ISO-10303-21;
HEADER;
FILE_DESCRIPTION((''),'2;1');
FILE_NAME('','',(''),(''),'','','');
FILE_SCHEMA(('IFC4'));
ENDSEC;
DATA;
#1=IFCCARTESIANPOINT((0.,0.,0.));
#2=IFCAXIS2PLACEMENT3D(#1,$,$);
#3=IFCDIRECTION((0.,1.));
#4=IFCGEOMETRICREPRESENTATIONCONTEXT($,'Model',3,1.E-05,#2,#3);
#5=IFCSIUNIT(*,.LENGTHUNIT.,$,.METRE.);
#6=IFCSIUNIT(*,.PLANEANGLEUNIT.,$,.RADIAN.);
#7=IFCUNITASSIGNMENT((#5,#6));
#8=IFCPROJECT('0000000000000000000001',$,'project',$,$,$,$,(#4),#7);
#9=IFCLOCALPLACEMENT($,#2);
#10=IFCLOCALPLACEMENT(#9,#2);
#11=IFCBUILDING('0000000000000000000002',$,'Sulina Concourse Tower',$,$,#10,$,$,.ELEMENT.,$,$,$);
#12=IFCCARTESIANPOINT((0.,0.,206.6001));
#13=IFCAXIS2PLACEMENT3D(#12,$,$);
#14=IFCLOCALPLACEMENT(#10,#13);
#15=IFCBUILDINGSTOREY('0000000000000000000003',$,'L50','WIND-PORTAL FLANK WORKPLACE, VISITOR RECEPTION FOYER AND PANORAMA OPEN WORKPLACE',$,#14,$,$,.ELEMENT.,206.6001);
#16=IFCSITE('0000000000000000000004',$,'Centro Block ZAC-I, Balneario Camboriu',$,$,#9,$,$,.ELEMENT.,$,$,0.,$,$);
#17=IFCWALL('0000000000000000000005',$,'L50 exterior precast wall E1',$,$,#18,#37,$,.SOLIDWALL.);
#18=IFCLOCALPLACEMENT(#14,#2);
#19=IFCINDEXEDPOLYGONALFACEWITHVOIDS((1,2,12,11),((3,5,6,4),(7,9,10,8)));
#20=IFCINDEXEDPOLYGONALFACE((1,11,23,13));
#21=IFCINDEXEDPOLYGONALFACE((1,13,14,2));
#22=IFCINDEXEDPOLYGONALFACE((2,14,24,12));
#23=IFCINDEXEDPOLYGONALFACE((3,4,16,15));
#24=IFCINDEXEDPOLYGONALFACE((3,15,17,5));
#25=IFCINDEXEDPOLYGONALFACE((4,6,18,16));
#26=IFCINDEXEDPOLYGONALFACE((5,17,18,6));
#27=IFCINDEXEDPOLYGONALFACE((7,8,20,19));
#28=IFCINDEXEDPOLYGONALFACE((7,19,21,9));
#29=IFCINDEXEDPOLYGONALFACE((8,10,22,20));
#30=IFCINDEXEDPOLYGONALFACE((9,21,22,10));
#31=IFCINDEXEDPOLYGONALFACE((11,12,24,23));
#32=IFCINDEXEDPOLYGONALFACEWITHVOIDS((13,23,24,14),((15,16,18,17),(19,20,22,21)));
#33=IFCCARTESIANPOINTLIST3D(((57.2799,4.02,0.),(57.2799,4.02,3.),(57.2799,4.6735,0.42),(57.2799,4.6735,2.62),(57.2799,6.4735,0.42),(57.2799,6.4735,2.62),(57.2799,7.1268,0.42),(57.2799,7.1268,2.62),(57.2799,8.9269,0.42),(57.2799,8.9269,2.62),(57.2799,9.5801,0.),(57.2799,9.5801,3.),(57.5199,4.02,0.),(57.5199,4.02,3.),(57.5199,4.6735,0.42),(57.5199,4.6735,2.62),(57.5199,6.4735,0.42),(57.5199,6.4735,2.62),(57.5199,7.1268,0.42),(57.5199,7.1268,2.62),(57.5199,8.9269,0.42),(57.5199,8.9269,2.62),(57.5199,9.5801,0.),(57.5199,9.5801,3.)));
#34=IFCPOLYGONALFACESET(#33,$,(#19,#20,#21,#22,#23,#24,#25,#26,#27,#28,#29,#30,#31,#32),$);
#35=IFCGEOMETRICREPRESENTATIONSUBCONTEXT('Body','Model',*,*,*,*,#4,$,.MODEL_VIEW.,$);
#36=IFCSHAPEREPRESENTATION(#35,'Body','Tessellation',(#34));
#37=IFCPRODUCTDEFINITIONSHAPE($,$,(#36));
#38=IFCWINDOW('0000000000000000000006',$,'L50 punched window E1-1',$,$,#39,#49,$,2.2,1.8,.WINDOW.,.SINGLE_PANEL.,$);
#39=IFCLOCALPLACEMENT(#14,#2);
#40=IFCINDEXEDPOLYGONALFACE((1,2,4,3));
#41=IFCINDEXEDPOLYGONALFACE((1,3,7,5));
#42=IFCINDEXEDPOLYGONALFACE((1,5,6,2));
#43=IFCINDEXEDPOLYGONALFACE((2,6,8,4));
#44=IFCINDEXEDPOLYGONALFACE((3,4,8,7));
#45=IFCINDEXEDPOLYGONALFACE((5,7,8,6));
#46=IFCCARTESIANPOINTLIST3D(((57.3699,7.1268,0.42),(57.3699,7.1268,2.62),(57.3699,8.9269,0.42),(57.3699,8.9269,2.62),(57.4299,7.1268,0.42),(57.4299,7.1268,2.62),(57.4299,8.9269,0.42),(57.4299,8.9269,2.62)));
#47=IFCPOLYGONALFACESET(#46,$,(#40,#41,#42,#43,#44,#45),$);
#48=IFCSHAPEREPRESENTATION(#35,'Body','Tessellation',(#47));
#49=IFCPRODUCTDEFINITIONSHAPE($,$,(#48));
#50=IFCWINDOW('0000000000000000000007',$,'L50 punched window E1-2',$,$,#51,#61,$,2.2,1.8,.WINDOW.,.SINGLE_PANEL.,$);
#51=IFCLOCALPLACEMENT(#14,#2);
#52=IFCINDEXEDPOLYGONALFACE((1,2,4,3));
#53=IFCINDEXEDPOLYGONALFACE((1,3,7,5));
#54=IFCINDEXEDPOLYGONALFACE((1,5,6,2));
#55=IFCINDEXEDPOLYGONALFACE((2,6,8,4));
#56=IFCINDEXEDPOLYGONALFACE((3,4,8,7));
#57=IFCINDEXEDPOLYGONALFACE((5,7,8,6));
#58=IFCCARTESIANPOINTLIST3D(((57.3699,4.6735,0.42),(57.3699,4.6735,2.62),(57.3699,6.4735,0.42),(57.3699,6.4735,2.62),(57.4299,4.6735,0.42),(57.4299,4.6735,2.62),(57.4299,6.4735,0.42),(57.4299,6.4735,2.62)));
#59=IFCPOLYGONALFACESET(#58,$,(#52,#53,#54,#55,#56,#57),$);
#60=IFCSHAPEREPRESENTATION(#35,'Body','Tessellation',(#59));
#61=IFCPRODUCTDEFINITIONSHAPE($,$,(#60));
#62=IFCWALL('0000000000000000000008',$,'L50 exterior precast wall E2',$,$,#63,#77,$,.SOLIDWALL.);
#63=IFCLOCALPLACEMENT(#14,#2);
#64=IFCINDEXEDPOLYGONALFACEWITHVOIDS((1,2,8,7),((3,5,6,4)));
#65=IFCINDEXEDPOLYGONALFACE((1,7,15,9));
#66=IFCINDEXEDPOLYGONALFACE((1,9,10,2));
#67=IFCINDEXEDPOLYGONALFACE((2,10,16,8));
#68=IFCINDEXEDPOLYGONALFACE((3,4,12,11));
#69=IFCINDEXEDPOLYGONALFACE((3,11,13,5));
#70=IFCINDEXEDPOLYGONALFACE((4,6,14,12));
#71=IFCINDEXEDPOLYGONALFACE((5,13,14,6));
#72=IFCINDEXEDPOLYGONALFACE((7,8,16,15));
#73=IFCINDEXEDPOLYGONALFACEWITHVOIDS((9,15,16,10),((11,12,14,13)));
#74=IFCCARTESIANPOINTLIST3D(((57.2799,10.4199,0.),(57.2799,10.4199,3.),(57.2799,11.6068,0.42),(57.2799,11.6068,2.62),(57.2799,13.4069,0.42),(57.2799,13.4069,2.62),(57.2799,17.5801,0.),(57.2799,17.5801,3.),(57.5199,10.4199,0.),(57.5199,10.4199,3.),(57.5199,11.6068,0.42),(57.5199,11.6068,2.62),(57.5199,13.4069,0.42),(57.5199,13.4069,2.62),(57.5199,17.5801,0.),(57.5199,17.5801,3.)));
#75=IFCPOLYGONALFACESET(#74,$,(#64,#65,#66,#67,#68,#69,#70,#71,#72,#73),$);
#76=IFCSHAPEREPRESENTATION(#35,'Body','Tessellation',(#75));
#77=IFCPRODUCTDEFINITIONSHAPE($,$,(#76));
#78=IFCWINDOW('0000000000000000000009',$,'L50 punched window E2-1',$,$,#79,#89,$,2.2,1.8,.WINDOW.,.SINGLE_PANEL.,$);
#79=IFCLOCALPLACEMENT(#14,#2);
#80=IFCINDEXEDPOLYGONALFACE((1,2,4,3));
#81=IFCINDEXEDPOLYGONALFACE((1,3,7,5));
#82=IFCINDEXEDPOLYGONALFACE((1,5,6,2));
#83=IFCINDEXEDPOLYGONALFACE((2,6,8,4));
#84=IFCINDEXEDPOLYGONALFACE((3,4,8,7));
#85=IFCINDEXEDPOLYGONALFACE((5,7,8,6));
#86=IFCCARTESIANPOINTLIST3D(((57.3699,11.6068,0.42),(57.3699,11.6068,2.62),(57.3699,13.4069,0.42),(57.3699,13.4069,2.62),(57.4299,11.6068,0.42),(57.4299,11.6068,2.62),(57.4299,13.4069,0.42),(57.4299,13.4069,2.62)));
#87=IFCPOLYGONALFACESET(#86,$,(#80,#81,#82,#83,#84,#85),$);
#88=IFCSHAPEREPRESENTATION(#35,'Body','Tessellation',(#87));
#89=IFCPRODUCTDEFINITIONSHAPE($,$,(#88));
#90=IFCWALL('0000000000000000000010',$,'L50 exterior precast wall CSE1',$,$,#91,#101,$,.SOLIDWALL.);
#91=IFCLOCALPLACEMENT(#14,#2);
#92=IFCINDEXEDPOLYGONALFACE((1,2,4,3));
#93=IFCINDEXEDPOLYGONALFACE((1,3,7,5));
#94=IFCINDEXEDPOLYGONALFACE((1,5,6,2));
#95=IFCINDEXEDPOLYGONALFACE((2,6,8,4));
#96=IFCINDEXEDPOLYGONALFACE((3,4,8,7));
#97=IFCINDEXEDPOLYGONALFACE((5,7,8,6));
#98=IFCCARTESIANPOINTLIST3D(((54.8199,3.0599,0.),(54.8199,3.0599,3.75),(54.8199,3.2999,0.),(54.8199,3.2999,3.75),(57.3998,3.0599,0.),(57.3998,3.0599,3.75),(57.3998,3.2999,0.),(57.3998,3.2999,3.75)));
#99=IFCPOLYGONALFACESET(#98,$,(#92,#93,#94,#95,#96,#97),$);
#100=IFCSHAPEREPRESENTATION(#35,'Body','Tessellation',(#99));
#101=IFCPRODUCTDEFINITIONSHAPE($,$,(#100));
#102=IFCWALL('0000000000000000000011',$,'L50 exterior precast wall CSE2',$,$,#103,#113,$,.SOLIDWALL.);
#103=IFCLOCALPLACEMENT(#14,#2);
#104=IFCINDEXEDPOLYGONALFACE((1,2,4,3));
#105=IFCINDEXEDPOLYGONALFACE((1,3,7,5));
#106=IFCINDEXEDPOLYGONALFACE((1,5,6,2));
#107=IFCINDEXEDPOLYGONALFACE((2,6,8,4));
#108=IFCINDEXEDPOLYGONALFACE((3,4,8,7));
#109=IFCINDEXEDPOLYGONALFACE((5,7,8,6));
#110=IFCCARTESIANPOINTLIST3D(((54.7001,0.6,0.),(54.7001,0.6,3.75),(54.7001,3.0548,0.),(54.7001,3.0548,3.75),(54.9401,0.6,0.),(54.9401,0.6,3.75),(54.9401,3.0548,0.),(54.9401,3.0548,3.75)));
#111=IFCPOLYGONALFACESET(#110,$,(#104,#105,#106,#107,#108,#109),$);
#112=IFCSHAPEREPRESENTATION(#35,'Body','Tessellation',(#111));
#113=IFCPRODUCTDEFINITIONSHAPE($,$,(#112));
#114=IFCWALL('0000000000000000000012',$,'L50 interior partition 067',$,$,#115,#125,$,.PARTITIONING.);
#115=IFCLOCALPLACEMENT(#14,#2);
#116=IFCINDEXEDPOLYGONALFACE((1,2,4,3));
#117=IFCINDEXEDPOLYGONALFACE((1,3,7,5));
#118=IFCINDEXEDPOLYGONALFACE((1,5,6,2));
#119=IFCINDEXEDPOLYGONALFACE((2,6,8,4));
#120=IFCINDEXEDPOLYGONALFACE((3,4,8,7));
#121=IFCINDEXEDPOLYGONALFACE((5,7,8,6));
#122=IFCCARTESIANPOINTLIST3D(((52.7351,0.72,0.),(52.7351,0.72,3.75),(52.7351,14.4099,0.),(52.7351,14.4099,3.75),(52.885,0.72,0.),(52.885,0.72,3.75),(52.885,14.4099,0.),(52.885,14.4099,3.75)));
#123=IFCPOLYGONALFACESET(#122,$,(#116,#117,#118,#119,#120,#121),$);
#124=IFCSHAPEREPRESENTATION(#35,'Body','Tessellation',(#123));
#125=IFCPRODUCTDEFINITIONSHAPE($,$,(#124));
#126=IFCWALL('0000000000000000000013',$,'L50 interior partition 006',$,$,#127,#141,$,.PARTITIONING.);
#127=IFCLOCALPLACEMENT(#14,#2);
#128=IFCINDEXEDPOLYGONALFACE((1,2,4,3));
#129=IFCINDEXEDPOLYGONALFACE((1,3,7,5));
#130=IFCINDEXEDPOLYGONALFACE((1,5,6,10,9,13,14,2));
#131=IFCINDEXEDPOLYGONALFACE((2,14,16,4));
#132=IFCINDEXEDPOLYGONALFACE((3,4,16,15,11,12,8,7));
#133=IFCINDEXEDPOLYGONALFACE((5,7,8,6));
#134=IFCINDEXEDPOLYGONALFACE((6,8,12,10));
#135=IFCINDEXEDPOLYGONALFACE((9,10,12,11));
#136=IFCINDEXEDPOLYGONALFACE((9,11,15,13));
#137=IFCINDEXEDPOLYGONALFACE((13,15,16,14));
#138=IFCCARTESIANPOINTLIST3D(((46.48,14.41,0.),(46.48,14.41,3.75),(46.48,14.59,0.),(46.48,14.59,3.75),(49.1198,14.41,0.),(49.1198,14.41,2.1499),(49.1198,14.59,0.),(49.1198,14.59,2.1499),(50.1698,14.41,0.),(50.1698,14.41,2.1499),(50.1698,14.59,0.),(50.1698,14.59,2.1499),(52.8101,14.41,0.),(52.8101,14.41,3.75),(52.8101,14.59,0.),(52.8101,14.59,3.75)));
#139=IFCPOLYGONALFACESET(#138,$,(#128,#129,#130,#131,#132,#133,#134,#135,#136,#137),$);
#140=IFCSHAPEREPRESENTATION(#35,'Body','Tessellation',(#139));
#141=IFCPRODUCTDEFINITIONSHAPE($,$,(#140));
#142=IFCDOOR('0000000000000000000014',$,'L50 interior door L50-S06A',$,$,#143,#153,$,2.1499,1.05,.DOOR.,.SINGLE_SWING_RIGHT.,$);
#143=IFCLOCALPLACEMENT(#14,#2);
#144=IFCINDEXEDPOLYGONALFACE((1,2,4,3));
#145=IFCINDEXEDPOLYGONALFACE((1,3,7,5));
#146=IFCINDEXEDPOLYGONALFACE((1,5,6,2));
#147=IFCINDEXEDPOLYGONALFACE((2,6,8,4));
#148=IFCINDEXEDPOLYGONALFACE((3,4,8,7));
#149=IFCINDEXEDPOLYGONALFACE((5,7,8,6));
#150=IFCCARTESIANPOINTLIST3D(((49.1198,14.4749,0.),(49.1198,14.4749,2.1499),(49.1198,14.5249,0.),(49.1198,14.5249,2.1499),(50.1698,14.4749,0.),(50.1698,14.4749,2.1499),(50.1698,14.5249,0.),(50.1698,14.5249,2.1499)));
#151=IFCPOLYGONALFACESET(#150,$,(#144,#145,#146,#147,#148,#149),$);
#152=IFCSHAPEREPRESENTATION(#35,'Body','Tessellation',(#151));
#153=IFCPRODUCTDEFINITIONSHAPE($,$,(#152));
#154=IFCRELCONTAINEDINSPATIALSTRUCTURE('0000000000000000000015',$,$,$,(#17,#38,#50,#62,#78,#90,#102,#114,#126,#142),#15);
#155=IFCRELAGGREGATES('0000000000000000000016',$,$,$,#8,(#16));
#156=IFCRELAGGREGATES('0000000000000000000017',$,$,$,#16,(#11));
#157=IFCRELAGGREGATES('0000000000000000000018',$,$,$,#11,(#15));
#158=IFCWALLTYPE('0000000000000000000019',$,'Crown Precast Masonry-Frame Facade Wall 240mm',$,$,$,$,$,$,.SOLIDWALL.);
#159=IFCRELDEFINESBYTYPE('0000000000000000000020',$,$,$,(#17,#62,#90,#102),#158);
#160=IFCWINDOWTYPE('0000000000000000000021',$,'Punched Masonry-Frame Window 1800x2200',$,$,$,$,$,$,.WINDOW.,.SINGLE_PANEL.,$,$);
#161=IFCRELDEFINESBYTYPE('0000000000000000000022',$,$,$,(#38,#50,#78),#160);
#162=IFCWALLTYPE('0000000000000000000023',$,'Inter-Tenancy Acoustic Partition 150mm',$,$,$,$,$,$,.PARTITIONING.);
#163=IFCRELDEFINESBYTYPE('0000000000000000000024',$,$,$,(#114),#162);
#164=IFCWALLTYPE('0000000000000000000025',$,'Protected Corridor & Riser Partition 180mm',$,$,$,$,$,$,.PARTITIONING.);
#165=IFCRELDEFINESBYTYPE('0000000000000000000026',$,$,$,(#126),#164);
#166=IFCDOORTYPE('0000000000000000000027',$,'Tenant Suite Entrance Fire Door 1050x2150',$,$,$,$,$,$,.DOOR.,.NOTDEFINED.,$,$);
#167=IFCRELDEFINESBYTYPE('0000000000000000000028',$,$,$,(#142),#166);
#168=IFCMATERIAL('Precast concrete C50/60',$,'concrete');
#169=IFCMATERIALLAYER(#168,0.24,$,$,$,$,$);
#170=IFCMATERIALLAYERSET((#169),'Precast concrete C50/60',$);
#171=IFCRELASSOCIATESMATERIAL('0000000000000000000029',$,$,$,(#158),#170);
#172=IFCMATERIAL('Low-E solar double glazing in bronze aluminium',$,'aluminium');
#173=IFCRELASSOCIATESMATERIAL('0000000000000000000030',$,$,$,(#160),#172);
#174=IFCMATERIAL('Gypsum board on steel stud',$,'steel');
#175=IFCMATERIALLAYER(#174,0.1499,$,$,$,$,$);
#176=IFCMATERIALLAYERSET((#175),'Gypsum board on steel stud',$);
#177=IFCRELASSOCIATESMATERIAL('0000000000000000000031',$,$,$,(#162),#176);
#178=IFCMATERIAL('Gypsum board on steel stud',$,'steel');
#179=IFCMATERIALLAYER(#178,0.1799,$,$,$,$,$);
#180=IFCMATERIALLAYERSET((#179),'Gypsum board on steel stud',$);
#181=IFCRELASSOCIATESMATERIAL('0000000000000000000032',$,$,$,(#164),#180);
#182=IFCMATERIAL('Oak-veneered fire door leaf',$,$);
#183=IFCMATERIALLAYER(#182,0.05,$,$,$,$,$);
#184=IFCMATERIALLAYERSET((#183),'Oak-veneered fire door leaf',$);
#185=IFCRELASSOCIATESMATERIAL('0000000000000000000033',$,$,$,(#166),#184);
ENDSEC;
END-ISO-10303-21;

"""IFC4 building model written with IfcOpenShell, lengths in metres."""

from ifc_helpers import new_model, si_unit, direction, frame, frame_2d, origin, place, context, subcontext, project, spatial, rectangle, extrude, material, layer, layer_set, type_object, element, fill, save


model = new_model("IFC4")

# Units and contexts
model_context = context("Model", 3, precision=1e-05, world=origin(), true_north=direction((0.0, 1.0)))
body_context = subcontext(model_context, "Body", "Model", "MODEL_VIEW")
ifc_project = project(units=[si_unit("LENGTHUNIT", "METRE"), si_unit("PLANEANGLEUNIT", "RADIAN")], contexts=[model_context])

# Site, building, storey
site_placement = place(None, origin())
site = spatial("IfcSite", under=ifc_project, at=site_placement, Name="Centro Block ZAC-I, Balneario Camboriu", CompositionType="ELEMENT", RefElevation=0.0)
building_placement = place(site_placement, origin())
building = spatial("IfcBuilding", under=site, at=building_placement, Name="Sulina Concourse Tower", CompositionType="ELEMENT")
storey_placement = place(building_placement, frame((0.0, 0.0, 206.6001)))
storey = spatial("IfcBuildingStorey", under=building, at=storey_placement, Name="L50", Description="WIND-PORTAL FLANK WORKPLACE, VISITOR RECEPTION FOYER AND PANORAMA OPEN WORKPLACE", CompositionType="ELEMENT", Elevation=206.6001)

# Shared definitions
ifc_material_1 = material(Name="Precast concrete C50/60", Category="concrete")
ifc_layer_1 = layer(ifc_material_1, 0.24)
ifc_layer_set_1 = layer_set([ifc_layer_1], Name="Precast concrete C50/60")
wall_type_1 = type_object("IfcWallType", Name="Crown Precast Masonry-Frame Facade Wall 240mm", PredefinedType="SOLIDWALL", material=ifc_layer_set_1)

# Wall, openings, windows
wall_1_placement = place(storey_placement, frame((57.3999, 9.5801, 0.0), z_axis=(0.0, 0.0, 1.0), x_axis=(0.0, -1.0, 0.0)))
wall_1 = element("IfcWall", 1, at=wall_1_placement, inside=storey, type_object=wall_type_1, Name="L50 exterior precast wall E1", PredefinedType="SOLIDWALL", context=body_context, shape_type="SweptSolid", body=[
    extrude(rectangle(XDim=5.5601, YDim=0.24, at=frame_2d((2.78, 0.0))), origin(), (0.0, 0.0, 1.0), 3.0),
])
opening_1_placement = place(wall_1_placement, frame((0.6533, 0.0, 0.4199)))
opening_1 = element("IfcOpeningElement", 2, at=opening_1_placement, cuts=wall_1, PredefinedType="OPENING", context=body_context, shape_type="SweptSolid", body=[
    extrude(rectangle(XDim=1.8, YDim=2.2, at=frame_2d((0.8999, 1.1001))), frame((0.0, 0.1299, 0.0), z_axis=(0.0, -1.0, 0.0), x_axis=(1.0, 0.0, 0.0)), (0.0, 0.0, 1.0), 0.26),
])
opening_2_placement = place(wall_1_placement, frame((3.1067, 0.0, 0.4199)))
opening_2 = element("IfcOpeningElement", 3, at=opening_2_placement, cuts=wall_1, PredefinedType="OPENING", context=body_context, shape_type="SweptSolid", body=[
    extrude(rectangle(XDim=1.8, YDim=2.2, at=frame_2d((0.8999, 1.1001))), frame((0.0, 0.1299, 0.0), z_axis=(0.0, -1.0, 0.0), x_axis=(1.0, 0.0, 0.0)), (0.0, 0.0, 1.0), 0.26),
])
ifc_material_2 = material(Name="Low-E solar double glazing in bronze aluminium", Category="aluminium")
window_type = type_object("IfcWindowType", Name="Punched Masonry-Frame Window 1800x2200", PartitioningType="SINGLE_PANEL", PredefinedType="WINDOW", material=ifc_material_2)
window_1_placement = place(opening_1_placement, origin())
window_1 = element("IfcWindow", 4, at=window_1_placement, inside=storey, type_object=window_type, Name="L50 punched window E1-1", OverallHeight=2.2, OverallWidth=1.8, PartitioningType="SINGLE_PANEL", PredefinedType="WINDOW", context=body_context, shape_type="SweptSolid", body=[
    extrude(rectangle(XDim=1.8, YDim=2.2, at=frame_2d((0.8999, 1.1001))), frame((0.0, 0.03, 0.0), z_axis=(0.0, -1.0, 0.0), x_axis=(1.0, 0.0, 0.0)), (0.0, 0.0, 1.0), 0.0601),
])
fill(opening_1, window_1)
window_2_placement = place(opening_2_placement, origin())
window_2 = element("IfcWindow", 5, at=window_2_placement, inside=storey, type_object=window_type, Name="L50 punched window E1-2", OverallHeight=2.2, OverallWidth=1.8, PartitioningType="SINGLE_PANEL", PredefinedType="WINDOW", context=body_context, shape_type="SweptSolid", body=[
    extrude(rectangle(XDim=1.8, YDim=2.2, at=frame_2d((0.8999, 1.1001))), frame((0.0, 0.03, 0.0), z_axis=(0.0, -1.0, 0.0), x_axis=(1.0, 0.0, 0.0)), (0.0, 0.0, 1.0), 0.0601),
])
fill(opening_2, window_2)

# Wall, opening, window
wall_2_placement = place(storey_placement, frame((57.3999, 17.5801, 0.0), z_axis=(0.0, 0.0, 1.0), x_axis=(0.0, -1.0, 0.0)))
wall_2 = element("IfcWall", 6, at=wall_2_placement, inside=storey, type_object=wall_type_1, Name="L50 exterior precast wall E2", PredefinedType="SOLIDWALL", context=body_context, shape_type="SweptSolid", body=[
    extrude(rectangle(XDim=7.1602, YDim=0.24, at=frame_2d((3.5801, 0.0))), origin(), (0.0, 0.0, 1.0), 3.0),
])
opening_3_placement = place(wall_2_placement, frame((4.1733, 0.0, 0.4199)))
opening_3 = element("IfcOpeningElement", 7, at=opening_3_placement, cuts=wall_2, PredefinedType="OPENING", context=body_context, shape_type="SweptSolid", body=[
    extrude(rectangle(XDim=1.8, YDim=2.2, at=frame_2d((0.8999, 1.1001))), frame((0.0, 0.1299, 0.0), z_axis=(0.0, -1.0, 0.0), x_axis=(1.0, 0.0, 0.0)), (0.0, 0.0, 1.0), 0.26),
])
window_3_placement = place(opening_3_placement, origin())
window_3 = element("IfcWindow", 8, at=window_3_placement, inside=storey, type_object=window_type, Name="L50 punched window E2-1", OverallHeight=2.2, OverallWidth=1.8, PartitioningType="SINGLE_PANEL", PredefinedType="WINDOW", context=body_context, shape_type="SweptSolid", body=[
    extrude(rectangle(XDim=1.8, YDim=2.2, at=frame_2d((0.8999, 1.1001))), frame((0.0, 0.03, 0.0), z_axis=(0.0, -1.0, 0.0), x_axis=(1.0, 0.0, 0.0)), (0.0, 0.0, 1.0), 0.0601),
])
fill(opening_3, window_3)

# Walls
wall_3_placement = place(storey_placement, frame((57.3999, 3.1799, 0.0), z_axis=(0.0, 0.0, 1.0), x_axis=(-1.0, 0.0, 0.0)))
element("IfcWall", 9, at=wall_3_placement, inside=storey, type_object=wall_type_1, Name="L50 exterior precast wall CSE1", PredefinedType="SOLIDWALL", context=body_context, shape_type="SweptSolid", body=[
    extrude(rectangle(XDim=2.5798, YDim=0.24, at=frame_2d((1.29, 0.0))), origin(), (0.0, 0.0, 1.0), 3.75),
])
wall_4_placement = place(storey_placement, frame((54.8201, 3.0549, 0.0), z_axis=(0.0, 0.0, 1.0), x_axis=(0.0, -1.0, 0.0)))
element("IfcWall", 10, at=wall_4_placement, inside=storey, type_object=wall_type_1, Name="L50 exterior precast wall CSE2", PredefinedType="SOLIDWALL", context=body_context, shape_type="SweptSolid", body=[
    extrude(rectangle(XDim=2.4548, YDim=0.24, at=frame_2d((1.2275, 0.0))), origin(), (0.0, 0.0, 1.0), 3.75),
])
ifc_material_3 = material(Name="Gypsum board on steel stud", Category="steel")
ifc_layer_2 = layer(ifc_material_3, 0.1499)
ifc_layer_set_2 = layer_set([ifc_layer_2], Name="Gypsum board on steel stud")
wall_type_2 = type_object("IfcWallType", Name="Inter-Tenancy Acoustic Partition 150mm", PredefinedType="PARTITIONING", material=ifc_layer_set_2)
wall_5_placement = place(storey_placement, frame((52.8101, 0.72, 0.0), z_axis=(0.0, 0.0, 1.0), x_axis=(0.0, 1.0, 0.0)))
element("IfcWall", 11, at=wall_5_placement, inside=storey, type_object=wall_type_2, Name="L50 interior partition 067", PredefinedType="PARTITIONING", context=body_context, shape_type="SweptSolid", body=[
    extrude(rectangle(XDim=13.6899, YDim=0.1499, at=frame_2d((6.845, 0.0))), origin(), (0.0, 0.0, 1.0), 3.75),
])

# Wall, opening, door
ifc_material_4 = material(Name="Gypsum board on steel stud", Category="steel")
ifc_layer_3 = layer(ifc_material_4, 0.1799)
ifc_layer_set_3 = layer_set([ifc_layer_3], Name="Gypsum board on steel stud")
wall_type_3 = type_object("IfcWallType", Name="Protected Corridor & Riser Partition 180mm", PredefinedType="PARTITIONING", material=ifc_layer_set_3)
wall_6_placement = place(storey_placement, frame((46.48, 14.5, 0.0), z_axis=(0.0, 0.0, 1.0), x_axis=(1.0, 0.0, 0.0)))
wall_6 = element("IfcWall", 12, at=wall_6_placement, inside=storey, type_object=wall_type_3, Name="L50 interior partition 006", PredefinedType="PARTITIONING", context=body_context, shape_type="SweptSolid", body=[
    extrude(rectangle(XDim=6.3301, YDim=0.1799, at=frame_2d((3.165, 0.0))), origin(), (0.0, 0.0, 1.0), 3.75),
])
opening_4_placement = place(wall_6_placement, frame((2.6399, 0.0, 0.0)))
opening_4 = element("IfcOpeningElement", 13, at=opening_4_placement, cuts=wall_6, PredefinedType="OPENING", context=body_context, shape_type="SweptSolid", body=[
    extrude(rectangle(XDim=1.05, YDim=2.1499, at=frame_2d((0.5249, 1.075))), frame((0.0, 0.0999, 0.0), z_axis=(0.0, -1.0, 0.0), x_axis=(1.0, 0.0, 0.0)), (0.0, 0.0, 1.0), 0.2),
])
ifc_material_5 = material(Name="Oak-veneered fire door leaf")
ifc_layer_4 = layer(ifc_material_5, 0.05)
ifc_layer_set_4 = layer_set([ifc_layer_4], Name="Oak-veneered fire door leaf")
door_type_1 = type_object("IfcDoorType", Name="Tenant Suite Entrance Fire Door 1050x2150", OperationType="NOTDEFINED", PredefinedType="DOOR", material=ifc_layer_set_4)
door_1_placement = place(opening_4_placement, origin())
door_1 = element("IfcDoor", 14, at=door_1_placement, inside=storey, type_object=door_type_1, Name="L50 interior door L50-S06A", OperationType="SINGLE_SWING_RIGHT", OverallHeight=2.1499, OverallWidth=1.05, PredefinedType="DOOR", context=body_context, shape_type="SweptSolid", body=[
    extrude(rectangle(XDim=1.05, YDim=2.1499, at=frame_2d((0.5249, 1.075))), frame((0.0, 0.0249, 0.0), z_axis=(0.0, -1.0, 0.0), x_axis=(1.0, 0.0, 0.0)), (0.0, 0.0, 1.0), 0.05),
])
fill(opening_4, door_1)

save(model, "model.ifc")
